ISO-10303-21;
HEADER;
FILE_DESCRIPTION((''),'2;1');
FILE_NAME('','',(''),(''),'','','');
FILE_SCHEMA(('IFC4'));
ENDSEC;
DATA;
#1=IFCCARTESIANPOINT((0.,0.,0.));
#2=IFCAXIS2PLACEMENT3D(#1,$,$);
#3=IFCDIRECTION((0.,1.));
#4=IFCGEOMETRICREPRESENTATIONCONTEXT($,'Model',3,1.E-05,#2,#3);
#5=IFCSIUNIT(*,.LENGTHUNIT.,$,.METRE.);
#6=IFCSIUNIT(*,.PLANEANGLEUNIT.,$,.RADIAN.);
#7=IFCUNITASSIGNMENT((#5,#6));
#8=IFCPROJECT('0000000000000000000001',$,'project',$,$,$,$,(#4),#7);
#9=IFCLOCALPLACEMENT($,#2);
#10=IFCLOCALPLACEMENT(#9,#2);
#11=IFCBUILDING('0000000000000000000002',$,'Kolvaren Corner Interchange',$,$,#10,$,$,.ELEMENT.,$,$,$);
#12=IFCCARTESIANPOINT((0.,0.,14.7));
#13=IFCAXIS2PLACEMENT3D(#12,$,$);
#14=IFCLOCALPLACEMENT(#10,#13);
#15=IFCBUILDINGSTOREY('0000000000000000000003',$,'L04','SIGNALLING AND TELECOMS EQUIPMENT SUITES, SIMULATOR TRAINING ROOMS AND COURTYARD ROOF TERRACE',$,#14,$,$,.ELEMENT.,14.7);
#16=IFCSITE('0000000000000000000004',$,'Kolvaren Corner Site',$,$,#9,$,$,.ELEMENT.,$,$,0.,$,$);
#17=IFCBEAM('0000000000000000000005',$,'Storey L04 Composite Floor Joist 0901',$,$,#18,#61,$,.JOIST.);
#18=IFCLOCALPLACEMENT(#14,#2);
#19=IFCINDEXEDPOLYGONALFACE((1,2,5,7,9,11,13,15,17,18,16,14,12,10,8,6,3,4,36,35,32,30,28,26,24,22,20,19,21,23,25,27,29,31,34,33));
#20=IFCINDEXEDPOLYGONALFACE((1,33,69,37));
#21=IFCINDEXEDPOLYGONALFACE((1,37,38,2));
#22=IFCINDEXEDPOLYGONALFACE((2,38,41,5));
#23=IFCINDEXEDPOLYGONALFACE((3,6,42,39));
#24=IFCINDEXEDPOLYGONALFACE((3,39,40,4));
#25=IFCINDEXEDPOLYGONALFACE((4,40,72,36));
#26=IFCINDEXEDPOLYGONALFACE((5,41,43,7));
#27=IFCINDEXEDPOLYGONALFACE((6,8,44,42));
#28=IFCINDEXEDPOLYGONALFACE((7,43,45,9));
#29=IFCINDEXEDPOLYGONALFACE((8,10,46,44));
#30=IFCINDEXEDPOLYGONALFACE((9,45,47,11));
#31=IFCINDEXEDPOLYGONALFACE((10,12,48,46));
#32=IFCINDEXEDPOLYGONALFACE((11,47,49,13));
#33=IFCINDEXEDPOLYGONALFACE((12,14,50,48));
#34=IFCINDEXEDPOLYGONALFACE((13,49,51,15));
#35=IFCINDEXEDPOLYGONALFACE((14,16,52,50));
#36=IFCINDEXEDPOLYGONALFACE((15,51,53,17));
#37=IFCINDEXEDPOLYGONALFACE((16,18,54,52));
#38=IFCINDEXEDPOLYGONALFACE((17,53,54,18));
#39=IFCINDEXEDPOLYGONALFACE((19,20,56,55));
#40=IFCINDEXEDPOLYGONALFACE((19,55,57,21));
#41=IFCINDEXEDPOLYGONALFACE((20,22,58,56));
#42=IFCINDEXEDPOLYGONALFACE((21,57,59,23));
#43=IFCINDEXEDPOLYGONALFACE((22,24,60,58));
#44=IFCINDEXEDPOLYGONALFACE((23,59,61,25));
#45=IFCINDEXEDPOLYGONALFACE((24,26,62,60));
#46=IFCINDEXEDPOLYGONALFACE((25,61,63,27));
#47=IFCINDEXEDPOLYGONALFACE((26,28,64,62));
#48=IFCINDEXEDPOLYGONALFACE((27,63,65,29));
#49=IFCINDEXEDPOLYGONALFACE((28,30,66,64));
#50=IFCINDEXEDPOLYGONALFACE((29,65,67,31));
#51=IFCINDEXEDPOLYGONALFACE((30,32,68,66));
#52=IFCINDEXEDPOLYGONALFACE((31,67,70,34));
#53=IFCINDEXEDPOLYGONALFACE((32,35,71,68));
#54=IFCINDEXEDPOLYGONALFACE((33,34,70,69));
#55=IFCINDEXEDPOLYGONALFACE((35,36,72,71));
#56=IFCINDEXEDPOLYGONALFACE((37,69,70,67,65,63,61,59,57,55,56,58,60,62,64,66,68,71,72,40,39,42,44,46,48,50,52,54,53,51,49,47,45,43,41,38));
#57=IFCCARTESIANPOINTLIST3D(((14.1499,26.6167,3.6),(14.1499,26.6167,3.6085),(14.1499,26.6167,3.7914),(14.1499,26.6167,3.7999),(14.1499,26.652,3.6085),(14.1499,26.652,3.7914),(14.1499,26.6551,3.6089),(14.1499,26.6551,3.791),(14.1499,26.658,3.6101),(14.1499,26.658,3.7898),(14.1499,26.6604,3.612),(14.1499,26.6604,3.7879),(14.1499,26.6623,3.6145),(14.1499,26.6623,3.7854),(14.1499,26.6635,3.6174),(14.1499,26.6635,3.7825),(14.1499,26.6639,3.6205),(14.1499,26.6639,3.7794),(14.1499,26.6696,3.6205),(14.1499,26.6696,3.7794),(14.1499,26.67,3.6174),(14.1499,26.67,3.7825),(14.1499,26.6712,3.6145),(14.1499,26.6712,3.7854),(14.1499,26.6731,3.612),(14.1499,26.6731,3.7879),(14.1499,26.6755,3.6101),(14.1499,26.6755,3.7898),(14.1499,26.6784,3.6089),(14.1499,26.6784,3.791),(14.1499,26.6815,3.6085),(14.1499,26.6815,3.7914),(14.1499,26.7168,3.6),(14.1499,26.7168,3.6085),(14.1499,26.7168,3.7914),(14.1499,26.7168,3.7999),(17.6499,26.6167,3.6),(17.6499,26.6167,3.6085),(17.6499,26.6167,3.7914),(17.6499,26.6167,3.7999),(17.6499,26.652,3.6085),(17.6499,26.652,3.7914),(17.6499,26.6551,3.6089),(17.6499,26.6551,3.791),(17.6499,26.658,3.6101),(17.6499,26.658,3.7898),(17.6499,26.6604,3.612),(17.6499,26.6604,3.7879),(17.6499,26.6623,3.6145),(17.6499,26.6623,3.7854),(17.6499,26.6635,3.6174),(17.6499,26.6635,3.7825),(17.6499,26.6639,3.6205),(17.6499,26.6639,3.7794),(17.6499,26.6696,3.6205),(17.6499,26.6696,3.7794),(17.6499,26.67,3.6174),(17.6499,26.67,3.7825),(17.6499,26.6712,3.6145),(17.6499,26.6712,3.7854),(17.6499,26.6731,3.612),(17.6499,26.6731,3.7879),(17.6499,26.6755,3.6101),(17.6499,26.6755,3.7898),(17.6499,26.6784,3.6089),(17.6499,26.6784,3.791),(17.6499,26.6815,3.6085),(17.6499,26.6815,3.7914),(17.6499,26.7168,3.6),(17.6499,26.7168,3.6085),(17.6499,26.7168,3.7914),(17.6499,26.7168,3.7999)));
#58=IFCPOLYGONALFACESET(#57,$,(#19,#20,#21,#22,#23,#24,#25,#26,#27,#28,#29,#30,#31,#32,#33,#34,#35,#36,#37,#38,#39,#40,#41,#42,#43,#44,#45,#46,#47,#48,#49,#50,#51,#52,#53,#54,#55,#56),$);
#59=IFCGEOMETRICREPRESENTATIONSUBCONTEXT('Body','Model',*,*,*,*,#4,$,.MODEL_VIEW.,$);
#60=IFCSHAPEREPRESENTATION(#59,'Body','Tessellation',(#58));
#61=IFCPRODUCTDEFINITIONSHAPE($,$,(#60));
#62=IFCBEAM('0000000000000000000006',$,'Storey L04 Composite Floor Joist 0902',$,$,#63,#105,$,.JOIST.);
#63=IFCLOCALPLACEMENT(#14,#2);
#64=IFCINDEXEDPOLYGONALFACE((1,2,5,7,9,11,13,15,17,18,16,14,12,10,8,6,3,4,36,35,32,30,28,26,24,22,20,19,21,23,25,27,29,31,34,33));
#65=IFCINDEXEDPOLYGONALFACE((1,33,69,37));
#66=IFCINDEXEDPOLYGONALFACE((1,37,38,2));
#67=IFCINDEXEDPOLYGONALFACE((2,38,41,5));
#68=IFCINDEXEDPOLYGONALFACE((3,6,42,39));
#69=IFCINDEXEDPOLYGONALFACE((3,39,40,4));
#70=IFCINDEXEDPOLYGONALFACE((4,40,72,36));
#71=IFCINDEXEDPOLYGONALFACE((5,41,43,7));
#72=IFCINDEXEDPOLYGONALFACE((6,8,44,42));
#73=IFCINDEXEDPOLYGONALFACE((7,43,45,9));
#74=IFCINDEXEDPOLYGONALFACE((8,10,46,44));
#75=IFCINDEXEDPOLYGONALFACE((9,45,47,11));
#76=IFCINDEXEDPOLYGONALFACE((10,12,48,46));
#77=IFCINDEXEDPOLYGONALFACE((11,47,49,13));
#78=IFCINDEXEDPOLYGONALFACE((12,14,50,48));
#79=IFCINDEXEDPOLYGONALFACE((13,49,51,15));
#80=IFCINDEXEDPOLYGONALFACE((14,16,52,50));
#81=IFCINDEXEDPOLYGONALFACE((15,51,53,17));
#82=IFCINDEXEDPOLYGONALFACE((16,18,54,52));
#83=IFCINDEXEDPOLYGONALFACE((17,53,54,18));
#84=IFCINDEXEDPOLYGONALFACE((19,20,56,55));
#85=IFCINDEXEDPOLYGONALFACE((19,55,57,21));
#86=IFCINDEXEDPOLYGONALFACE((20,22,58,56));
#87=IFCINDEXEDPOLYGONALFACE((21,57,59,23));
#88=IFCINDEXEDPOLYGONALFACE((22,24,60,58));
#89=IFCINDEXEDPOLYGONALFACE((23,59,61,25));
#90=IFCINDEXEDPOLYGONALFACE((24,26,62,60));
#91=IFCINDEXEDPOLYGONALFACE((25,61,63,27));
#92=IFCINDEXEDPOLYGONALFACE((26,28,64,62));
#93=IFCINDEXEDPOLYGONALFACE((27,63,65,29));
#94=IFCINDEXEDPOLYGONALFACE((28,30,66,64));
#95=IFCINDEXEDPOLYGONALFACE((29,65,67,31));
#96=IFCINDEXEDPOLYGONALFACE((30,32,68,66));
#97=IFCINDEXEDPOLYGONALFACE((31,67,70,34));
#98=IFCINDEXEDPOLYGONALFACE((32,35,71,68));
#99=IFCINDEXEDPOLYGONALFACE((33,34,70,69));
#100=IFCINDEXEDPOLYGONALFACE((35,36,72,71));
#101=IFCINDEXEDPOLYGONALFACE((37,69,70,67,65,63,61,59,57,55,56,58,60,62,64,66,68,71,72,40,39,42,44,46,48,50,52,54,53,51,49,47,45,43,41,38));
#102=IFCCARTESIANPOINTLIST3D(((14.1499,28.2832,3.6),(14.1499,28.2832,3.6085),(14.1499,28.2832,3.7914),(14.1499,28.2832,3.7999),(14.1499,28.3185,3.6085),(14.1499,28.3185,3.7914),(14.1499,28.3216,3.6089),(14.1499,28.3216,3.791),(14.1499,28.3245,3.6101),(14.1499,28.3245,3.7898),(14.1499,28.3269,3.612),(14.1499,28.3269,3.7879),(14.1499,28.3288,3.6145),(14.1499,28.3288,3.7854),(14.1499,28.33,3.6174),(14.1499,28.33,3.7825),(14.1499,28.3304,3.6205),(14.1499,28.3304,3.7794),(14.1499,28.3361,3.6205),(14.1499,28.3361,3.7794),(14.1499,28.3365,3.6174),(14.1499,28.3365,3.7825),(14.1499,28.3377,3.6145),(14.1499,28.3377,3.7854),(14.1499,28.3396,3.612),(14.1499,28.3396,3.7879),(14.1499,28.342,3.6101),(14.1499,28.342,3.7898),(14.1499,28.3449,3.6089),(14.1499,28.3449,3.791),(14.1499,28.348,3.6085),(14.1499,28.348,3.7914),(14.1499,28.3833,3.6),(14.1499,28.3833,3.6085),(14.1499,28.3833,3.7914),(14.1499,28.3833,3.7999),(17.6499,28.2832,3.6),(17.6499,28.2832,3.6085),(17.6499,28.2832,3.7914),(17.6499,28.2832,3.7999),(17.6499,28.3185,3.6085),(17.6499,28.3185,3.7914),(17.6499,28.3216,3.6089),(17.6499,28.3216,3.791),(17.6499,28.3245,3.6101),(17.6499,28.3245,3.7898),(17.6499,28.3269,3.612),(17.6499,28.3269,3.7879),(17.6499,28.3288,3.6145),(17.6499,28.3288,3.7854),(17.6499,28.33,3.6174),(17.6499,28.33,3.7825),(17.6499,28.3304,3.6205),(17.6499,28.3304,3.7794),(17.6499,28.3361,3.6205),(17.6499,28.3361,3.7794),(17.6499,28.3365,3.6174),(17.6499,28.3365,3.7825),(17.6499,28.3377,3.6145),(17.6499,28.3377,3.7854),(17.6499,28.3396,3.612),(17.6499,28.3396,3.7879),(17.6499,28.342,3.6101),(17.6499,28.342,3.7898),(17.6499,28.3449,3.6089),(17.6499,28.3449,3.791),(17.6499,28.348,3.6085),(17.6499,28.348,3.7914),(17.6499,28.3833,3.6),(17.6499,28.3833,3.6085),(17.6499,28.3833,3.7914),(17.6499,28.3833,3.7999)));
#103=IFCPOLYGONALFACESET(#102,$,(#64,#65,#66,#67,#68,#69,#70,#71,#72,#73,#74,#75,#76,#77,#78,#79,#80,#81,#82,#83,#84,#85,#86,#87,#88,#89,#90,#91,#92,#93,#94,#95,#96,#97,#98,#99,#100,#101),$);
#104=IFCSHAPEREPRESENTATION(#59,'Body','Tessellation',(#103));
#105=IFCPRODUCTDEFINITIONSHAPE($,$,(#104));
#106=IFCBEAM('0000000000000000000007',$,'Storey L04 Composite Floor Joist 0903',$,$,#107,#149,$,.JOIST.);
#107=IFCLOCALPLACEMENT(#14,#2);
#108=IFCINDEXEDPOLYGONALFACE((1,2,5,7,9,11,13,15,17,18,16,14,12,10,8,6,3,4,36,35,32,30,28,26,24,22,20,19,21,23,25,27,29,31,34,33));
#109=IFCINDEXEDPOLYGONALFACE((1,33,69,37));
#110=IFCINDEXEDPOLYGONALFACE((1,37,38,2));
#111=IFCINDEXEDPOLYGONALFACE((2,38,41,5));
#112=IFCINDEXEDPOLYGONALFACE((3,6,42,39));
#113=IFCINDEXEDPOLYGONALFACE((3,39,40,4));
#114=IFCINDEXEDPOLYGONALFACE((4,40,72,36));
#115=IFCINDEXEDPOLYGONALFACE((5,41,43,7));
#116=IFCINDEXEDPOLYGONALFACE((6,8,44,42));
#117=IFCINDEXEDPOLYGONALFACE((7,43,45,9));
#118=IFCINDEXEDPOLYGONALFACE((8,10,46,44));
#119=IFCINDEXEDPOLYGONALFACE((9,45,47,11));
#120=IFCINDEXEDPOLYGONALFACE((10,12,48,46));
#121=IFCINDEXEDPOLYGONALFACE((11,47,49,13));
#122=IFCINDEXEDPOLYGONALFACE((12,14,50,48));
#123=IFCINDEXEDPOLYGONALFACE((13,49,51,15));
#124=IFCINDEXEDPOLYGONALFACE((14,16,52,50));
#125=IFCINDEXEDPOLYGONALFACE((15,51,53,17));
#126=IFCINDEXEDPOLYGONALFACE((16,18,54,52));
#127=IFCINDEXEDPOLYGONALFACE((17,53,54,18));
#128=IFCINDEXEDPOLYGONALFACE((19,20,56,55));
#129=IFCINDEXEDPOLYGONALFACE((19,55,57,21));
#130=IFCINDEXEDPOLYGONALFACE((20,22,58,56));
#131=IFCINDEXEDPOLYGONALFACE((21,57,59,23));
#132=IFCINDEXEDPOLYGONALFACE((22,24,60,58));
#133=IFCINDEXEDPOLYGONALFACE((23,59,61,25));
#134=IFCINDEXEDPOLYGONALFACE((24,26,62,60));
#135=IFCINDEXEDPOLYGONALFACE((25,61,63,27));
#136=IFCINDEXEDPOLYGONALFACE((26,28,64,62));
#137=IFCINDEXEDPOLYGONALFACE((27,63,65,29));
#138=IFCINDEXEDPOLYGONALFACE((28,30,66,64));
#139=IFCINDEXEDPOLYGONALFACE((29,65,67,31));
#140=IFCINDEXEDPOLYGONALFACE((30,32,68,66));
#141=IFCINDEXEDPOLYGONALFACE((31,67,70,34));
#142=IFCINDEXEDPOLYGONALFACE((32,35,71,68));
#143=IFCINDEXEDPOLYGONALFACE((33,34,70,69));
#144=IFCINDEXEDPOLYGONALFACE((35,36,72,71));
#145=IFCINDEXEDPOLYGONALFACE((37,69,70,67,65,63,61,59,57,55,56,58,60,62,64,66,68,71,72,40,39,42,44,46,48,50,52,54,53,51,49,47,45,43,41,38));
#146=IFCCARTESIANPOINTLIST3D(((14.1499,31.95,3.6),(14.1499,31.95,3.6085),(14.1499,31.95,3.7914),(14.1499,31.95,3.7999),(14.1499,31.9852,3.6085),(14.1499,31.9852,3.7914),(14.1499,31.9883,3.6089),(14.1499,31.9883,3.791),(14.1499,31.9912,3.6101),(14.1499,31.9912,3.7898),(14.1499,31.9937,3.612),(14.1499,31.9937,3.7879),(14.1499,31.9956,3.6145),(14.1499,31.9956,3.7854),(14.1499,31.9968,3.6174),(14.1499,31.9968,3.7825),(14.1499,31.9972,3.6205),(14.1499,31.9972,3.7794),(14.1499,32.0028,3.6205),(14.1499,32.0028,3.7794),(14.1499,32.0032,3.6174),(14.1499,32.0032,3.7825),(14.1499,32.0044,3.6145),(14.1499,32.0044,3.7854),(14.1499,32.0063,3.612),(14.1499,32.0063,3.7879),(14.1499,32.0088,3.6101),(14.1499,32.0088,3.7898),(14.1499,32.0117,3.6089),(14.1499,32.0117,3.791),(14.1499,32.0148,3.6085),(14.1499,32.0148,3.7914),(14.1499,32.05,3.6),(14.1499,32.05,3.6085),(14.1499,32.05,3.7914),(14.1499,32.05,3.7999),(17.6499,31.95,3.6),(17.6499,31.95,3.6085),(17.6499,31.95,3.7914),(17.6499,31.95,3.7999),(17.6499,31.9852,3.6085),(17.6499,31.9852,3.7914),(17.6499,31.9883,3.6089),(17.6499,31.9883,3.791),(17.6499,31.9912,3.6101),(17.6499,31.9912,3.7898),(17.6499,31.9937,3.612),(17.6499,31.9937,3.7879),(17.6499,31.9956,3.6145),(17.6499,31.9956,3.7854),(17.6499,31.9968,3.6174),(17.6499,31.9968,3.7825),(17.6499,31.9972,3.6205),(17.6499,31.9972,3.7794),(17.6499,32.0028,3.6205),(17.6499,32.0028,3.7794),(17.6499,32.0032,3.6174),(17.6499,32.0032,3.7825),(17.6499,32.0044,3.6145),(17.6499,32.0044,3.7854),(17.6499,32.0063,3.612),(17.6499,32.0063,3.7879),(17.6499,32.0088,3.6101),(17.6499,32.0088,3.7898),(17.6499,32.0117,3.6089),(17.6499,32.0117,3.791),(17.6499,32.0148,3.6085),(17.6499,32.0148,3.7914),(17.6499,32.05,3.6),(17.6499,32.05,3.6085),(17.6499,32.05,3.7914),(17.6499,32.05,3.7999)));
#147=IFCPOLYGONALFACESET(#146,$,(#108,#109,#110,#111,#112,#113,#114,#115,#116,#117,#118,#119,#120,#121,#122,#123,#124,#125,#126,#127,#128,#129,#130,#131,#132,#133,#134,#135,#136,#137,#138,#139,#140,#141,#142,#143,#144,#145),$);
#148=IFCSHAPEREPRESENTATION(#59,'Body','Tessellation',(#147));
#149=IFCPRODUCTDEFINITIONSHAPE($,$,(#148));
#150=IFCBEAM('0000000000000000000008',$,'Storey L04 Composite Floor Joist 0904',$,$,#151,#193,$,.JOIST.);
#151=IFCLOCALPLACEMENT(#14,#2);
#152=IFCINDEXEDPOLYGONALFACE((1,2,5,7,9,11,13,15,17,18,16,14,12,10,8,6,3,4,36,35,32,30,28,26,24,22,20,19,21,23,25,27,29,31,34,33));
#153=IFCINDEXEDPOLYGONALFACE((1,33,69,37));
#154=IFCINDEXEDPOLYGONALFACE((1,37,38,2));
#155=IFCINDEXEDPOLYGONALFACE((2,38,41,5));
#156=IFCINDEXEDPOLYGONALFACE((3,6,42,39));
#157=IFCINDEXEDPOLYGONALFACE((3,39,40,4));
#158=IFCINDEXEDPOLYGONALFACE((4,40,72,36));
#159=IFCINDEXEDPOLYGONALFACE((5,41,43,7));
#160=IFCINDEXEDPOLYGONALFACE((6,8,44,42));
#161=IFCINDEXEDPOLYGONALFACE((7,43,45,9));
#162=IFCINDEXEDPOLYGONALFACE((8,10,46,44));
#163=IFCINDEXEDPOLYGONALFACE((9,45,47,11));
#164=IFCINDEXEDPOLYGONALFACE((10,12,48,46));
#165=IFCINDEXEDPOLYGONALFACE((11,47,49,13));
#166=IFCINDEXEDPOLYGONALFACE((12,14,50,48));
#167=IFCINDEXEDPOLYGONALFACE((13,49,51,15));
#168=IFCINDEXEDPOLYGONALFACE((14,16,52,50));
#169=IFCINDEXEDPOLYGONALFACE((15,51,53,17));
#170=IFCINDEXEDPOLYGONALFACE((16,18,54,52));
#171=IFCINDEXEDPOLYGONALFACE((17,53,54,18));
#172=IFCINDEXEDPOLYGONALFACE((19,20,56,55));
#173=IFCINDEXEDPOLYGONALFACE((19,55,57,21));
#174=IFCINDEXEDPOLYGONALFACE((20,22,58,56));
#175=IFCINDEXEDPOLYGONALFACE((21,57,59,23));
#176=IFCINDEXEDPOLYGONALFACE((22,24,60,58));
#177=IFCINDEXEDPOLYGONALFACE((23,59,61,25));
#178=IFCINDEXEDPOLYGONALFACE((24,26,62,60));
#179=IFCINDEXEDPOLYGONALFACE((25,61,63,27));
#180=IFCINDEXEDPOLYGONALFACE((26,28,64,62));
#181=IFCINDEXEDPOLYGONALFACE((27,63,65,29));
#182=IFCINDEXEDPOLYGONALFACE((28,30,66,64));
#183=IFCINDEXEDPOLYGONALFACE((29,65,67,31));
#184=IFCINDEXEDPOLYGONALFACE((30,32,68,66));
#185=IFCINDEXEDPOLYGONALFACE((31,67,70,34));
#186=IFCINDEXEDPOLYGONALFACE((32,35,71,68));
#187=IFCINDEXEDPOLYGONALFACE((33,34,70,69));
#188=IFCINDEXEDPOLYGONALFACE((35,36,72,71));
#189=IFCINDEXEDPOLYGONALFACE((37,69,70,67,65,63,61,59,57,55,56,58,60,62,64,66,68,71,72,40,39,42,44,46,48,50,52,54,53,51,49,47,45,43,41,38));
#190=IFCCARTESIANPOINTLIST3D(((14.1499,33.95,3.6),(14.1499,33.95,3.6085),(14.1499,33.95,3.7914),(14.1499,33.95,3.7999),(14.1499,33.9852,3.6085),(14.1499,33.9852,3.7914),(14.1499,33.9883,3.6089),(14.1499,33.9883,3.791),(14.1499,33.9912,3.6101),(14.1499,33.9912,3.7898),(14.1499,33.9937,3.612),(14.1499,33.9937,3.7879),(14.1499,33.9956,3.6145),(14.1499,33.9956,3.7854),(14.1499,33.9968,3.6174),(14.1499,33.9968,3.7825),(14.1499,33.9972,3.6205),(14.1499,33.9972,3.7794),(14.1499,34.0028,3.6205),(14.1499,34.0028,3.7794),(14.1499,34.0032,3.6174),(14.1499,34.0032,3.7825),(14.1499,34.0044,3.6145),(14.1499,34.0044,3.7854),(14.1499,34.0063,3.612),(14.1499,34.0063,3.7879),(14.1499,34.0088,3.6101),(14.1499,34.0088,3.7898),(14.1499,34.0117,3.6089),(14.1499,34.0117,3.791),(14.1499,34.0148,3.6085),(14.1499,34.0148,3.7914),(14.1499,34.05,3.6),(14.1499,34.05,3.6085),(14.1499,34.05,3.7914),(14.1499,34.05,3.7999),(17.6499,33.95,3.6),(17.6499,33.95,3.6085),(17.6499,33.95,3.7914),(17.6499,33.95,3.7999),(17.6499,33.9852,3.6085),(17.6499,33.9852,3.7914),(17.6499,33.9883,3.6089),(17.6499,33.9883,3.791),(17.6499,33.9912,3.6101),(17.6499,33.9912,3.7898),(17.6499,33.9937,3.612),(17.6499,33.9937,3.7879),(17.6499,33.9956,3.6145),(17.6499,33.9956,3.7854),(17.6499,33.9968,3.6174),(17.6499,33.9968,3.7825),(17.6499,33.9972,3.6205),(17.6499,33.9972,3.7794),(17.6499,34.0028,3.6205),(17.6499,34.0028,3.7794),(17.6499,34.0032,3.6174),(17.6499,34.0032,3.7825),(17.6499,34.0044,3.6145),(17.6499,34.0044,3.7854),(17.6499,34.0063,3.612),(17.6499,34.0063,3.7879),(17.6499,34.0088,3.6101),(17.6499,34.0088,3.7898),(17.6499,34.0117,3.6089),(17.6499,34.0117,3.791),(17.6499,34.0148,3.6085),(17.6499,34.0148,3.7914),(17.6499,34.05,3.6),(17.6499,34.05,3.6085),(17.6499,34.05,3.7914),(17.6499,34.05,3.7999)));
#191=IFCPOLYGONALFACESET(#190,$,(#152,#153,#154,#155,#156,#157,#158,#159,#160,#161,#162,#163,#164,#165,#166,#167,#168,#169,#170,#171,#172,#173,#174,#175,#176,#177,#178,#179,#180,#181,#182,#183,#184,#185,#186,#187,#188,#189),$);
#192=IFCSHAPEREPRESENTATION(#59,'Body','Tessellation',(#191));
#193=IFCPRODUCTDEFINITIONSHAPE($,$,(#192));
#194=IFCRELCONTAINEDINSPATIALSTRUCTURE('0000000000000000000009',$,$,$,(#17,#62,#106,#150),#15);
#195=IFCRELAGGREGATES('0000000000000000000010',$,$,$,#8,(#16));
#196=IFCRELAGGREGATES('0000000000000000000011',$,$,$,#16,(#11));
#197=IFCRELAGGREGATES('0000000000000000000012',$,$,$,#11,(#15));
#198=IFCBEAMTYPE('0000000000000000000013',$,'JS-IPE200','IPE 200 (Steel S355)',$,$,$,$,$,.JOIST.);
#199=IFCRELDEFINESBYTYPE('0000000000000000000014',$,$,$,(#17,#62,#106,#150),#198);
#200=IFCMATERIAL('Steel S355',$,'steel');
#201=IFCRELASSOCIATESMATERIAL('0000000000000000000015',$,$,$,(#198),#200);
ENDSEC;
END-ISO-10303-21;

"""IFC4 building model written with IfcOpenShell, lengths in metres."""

from ifc_helpers import new_model, si_unit, direction, frame, origin, origin_2d, place, context, subcontext, project, spatial, i_section, extrude, material, material_profile, profile_set, type_object, element, save


model = new_model("IFC4")

# Units and contexts
model_context = context("Model", 3, precision=1e-05, world=origin(), true_north=direction((0.0, 1.0)))
body_context = subcontext(model_context, "Body", "Model", "MODEL_VIEW")
ifc_project = project(units=[si_unit("LENGTHUNIT", "METRE"), si_unit("PLANEANGLEUNIT", "RADIAN")], contexts=[model_context])

# Site, building, storey
site_placement = place(None, origin())
site = spatial("IfcSite", under=ifc_project, at=site_placement, Name="Kolvaren Corner Site", CompositionType="ELEMENT", RefElevation=0.0)
building_placement = place(site_placement, origin())
building = spatial("IfcBuilding", under=site, at=building_placement, Name="Kolvaren Corner Interchange", CompositionType="ELEMENT")
storey_placement = place(building_placement, frame((0.0, 0.0, 14.7)))
storey = spatial("IfcBuildingStorey", under=building, at=storey_placement, Name="L04", Description="SIGNALLING AND TELECOMS EQUIPMENT SUITES, SIMULATOR TRAINING ROOMS AND COURTYARD ROOF TERRACE", CompositionType="ELEMENT", Elevation=14.7)

# Beams
ifc_material_1 = material(Name="Steel S355", Category="steel")
ifc_material_profile_1 = material_profile(ifc_material_1, i_section(OverallWidth=0.1001, OverallDepth=0.2, WebThickness=0.0056, FlangeThickness=0.0085, FilletRadius=0.012, at=origin_2d()), Name="IPE 200")
ifc_profile_set_1 = profile_set([ifc_material_profile_1], Name="Steel S355")
beam_type_1 = type_object("IfcBeamType", Name="JS-IPE200", Description="IPE 200 (Steel S355)", PredefinedType="JOIST", material=ifc_profile_set_1)
for number, where, z_axis, x_axis, name in (
    (1, (14.1499, 26.6667, 3.7), (1.0, 0.0, 0.0), (0.0, 1.0, 0.0), "Storey L04 Composite Floor Joist 0901"),
    (2, (14.1499, 28.3333, 3.7), (1.0, 0.0, 0.0), (0.0, 1.0, 0.0), "Storey L04 Composite Floor Joist 0902"),
    (3, (14.1499, 32.0, 3.7), (1.0, 0.0, 0.0), (0.0, 1.0, 0.0), "Storey L04 Composite Floor Joist 0903"),
    (4, (14.1499, 34.0, 3.7), (1.0, 0.0, 0.0), (0.0, 1.0, 0.0), "Storey L04 Composite Floor Joist 0904"),
):
    element("IfcBeam", number, at=place(storey_placement, frame(where, z_axis=z_axis, x_axis=x_axis)), inside=storey, type_object=beam_type_1, Name=name, PredefinedType="JOIST", context=body_context, shape_type="SweptSolid", body=[
        extrude(i_section(OverallWidth=0.1001, OverallDepth=0.2, WebThickness=0.0056, FlangeThickness=0.0085, FilletRadius=0.012, at=origin_2d()), origin(), (0.0, 0.0, 1.0), 3.5),
    ])

save(model, "model.ifc")
